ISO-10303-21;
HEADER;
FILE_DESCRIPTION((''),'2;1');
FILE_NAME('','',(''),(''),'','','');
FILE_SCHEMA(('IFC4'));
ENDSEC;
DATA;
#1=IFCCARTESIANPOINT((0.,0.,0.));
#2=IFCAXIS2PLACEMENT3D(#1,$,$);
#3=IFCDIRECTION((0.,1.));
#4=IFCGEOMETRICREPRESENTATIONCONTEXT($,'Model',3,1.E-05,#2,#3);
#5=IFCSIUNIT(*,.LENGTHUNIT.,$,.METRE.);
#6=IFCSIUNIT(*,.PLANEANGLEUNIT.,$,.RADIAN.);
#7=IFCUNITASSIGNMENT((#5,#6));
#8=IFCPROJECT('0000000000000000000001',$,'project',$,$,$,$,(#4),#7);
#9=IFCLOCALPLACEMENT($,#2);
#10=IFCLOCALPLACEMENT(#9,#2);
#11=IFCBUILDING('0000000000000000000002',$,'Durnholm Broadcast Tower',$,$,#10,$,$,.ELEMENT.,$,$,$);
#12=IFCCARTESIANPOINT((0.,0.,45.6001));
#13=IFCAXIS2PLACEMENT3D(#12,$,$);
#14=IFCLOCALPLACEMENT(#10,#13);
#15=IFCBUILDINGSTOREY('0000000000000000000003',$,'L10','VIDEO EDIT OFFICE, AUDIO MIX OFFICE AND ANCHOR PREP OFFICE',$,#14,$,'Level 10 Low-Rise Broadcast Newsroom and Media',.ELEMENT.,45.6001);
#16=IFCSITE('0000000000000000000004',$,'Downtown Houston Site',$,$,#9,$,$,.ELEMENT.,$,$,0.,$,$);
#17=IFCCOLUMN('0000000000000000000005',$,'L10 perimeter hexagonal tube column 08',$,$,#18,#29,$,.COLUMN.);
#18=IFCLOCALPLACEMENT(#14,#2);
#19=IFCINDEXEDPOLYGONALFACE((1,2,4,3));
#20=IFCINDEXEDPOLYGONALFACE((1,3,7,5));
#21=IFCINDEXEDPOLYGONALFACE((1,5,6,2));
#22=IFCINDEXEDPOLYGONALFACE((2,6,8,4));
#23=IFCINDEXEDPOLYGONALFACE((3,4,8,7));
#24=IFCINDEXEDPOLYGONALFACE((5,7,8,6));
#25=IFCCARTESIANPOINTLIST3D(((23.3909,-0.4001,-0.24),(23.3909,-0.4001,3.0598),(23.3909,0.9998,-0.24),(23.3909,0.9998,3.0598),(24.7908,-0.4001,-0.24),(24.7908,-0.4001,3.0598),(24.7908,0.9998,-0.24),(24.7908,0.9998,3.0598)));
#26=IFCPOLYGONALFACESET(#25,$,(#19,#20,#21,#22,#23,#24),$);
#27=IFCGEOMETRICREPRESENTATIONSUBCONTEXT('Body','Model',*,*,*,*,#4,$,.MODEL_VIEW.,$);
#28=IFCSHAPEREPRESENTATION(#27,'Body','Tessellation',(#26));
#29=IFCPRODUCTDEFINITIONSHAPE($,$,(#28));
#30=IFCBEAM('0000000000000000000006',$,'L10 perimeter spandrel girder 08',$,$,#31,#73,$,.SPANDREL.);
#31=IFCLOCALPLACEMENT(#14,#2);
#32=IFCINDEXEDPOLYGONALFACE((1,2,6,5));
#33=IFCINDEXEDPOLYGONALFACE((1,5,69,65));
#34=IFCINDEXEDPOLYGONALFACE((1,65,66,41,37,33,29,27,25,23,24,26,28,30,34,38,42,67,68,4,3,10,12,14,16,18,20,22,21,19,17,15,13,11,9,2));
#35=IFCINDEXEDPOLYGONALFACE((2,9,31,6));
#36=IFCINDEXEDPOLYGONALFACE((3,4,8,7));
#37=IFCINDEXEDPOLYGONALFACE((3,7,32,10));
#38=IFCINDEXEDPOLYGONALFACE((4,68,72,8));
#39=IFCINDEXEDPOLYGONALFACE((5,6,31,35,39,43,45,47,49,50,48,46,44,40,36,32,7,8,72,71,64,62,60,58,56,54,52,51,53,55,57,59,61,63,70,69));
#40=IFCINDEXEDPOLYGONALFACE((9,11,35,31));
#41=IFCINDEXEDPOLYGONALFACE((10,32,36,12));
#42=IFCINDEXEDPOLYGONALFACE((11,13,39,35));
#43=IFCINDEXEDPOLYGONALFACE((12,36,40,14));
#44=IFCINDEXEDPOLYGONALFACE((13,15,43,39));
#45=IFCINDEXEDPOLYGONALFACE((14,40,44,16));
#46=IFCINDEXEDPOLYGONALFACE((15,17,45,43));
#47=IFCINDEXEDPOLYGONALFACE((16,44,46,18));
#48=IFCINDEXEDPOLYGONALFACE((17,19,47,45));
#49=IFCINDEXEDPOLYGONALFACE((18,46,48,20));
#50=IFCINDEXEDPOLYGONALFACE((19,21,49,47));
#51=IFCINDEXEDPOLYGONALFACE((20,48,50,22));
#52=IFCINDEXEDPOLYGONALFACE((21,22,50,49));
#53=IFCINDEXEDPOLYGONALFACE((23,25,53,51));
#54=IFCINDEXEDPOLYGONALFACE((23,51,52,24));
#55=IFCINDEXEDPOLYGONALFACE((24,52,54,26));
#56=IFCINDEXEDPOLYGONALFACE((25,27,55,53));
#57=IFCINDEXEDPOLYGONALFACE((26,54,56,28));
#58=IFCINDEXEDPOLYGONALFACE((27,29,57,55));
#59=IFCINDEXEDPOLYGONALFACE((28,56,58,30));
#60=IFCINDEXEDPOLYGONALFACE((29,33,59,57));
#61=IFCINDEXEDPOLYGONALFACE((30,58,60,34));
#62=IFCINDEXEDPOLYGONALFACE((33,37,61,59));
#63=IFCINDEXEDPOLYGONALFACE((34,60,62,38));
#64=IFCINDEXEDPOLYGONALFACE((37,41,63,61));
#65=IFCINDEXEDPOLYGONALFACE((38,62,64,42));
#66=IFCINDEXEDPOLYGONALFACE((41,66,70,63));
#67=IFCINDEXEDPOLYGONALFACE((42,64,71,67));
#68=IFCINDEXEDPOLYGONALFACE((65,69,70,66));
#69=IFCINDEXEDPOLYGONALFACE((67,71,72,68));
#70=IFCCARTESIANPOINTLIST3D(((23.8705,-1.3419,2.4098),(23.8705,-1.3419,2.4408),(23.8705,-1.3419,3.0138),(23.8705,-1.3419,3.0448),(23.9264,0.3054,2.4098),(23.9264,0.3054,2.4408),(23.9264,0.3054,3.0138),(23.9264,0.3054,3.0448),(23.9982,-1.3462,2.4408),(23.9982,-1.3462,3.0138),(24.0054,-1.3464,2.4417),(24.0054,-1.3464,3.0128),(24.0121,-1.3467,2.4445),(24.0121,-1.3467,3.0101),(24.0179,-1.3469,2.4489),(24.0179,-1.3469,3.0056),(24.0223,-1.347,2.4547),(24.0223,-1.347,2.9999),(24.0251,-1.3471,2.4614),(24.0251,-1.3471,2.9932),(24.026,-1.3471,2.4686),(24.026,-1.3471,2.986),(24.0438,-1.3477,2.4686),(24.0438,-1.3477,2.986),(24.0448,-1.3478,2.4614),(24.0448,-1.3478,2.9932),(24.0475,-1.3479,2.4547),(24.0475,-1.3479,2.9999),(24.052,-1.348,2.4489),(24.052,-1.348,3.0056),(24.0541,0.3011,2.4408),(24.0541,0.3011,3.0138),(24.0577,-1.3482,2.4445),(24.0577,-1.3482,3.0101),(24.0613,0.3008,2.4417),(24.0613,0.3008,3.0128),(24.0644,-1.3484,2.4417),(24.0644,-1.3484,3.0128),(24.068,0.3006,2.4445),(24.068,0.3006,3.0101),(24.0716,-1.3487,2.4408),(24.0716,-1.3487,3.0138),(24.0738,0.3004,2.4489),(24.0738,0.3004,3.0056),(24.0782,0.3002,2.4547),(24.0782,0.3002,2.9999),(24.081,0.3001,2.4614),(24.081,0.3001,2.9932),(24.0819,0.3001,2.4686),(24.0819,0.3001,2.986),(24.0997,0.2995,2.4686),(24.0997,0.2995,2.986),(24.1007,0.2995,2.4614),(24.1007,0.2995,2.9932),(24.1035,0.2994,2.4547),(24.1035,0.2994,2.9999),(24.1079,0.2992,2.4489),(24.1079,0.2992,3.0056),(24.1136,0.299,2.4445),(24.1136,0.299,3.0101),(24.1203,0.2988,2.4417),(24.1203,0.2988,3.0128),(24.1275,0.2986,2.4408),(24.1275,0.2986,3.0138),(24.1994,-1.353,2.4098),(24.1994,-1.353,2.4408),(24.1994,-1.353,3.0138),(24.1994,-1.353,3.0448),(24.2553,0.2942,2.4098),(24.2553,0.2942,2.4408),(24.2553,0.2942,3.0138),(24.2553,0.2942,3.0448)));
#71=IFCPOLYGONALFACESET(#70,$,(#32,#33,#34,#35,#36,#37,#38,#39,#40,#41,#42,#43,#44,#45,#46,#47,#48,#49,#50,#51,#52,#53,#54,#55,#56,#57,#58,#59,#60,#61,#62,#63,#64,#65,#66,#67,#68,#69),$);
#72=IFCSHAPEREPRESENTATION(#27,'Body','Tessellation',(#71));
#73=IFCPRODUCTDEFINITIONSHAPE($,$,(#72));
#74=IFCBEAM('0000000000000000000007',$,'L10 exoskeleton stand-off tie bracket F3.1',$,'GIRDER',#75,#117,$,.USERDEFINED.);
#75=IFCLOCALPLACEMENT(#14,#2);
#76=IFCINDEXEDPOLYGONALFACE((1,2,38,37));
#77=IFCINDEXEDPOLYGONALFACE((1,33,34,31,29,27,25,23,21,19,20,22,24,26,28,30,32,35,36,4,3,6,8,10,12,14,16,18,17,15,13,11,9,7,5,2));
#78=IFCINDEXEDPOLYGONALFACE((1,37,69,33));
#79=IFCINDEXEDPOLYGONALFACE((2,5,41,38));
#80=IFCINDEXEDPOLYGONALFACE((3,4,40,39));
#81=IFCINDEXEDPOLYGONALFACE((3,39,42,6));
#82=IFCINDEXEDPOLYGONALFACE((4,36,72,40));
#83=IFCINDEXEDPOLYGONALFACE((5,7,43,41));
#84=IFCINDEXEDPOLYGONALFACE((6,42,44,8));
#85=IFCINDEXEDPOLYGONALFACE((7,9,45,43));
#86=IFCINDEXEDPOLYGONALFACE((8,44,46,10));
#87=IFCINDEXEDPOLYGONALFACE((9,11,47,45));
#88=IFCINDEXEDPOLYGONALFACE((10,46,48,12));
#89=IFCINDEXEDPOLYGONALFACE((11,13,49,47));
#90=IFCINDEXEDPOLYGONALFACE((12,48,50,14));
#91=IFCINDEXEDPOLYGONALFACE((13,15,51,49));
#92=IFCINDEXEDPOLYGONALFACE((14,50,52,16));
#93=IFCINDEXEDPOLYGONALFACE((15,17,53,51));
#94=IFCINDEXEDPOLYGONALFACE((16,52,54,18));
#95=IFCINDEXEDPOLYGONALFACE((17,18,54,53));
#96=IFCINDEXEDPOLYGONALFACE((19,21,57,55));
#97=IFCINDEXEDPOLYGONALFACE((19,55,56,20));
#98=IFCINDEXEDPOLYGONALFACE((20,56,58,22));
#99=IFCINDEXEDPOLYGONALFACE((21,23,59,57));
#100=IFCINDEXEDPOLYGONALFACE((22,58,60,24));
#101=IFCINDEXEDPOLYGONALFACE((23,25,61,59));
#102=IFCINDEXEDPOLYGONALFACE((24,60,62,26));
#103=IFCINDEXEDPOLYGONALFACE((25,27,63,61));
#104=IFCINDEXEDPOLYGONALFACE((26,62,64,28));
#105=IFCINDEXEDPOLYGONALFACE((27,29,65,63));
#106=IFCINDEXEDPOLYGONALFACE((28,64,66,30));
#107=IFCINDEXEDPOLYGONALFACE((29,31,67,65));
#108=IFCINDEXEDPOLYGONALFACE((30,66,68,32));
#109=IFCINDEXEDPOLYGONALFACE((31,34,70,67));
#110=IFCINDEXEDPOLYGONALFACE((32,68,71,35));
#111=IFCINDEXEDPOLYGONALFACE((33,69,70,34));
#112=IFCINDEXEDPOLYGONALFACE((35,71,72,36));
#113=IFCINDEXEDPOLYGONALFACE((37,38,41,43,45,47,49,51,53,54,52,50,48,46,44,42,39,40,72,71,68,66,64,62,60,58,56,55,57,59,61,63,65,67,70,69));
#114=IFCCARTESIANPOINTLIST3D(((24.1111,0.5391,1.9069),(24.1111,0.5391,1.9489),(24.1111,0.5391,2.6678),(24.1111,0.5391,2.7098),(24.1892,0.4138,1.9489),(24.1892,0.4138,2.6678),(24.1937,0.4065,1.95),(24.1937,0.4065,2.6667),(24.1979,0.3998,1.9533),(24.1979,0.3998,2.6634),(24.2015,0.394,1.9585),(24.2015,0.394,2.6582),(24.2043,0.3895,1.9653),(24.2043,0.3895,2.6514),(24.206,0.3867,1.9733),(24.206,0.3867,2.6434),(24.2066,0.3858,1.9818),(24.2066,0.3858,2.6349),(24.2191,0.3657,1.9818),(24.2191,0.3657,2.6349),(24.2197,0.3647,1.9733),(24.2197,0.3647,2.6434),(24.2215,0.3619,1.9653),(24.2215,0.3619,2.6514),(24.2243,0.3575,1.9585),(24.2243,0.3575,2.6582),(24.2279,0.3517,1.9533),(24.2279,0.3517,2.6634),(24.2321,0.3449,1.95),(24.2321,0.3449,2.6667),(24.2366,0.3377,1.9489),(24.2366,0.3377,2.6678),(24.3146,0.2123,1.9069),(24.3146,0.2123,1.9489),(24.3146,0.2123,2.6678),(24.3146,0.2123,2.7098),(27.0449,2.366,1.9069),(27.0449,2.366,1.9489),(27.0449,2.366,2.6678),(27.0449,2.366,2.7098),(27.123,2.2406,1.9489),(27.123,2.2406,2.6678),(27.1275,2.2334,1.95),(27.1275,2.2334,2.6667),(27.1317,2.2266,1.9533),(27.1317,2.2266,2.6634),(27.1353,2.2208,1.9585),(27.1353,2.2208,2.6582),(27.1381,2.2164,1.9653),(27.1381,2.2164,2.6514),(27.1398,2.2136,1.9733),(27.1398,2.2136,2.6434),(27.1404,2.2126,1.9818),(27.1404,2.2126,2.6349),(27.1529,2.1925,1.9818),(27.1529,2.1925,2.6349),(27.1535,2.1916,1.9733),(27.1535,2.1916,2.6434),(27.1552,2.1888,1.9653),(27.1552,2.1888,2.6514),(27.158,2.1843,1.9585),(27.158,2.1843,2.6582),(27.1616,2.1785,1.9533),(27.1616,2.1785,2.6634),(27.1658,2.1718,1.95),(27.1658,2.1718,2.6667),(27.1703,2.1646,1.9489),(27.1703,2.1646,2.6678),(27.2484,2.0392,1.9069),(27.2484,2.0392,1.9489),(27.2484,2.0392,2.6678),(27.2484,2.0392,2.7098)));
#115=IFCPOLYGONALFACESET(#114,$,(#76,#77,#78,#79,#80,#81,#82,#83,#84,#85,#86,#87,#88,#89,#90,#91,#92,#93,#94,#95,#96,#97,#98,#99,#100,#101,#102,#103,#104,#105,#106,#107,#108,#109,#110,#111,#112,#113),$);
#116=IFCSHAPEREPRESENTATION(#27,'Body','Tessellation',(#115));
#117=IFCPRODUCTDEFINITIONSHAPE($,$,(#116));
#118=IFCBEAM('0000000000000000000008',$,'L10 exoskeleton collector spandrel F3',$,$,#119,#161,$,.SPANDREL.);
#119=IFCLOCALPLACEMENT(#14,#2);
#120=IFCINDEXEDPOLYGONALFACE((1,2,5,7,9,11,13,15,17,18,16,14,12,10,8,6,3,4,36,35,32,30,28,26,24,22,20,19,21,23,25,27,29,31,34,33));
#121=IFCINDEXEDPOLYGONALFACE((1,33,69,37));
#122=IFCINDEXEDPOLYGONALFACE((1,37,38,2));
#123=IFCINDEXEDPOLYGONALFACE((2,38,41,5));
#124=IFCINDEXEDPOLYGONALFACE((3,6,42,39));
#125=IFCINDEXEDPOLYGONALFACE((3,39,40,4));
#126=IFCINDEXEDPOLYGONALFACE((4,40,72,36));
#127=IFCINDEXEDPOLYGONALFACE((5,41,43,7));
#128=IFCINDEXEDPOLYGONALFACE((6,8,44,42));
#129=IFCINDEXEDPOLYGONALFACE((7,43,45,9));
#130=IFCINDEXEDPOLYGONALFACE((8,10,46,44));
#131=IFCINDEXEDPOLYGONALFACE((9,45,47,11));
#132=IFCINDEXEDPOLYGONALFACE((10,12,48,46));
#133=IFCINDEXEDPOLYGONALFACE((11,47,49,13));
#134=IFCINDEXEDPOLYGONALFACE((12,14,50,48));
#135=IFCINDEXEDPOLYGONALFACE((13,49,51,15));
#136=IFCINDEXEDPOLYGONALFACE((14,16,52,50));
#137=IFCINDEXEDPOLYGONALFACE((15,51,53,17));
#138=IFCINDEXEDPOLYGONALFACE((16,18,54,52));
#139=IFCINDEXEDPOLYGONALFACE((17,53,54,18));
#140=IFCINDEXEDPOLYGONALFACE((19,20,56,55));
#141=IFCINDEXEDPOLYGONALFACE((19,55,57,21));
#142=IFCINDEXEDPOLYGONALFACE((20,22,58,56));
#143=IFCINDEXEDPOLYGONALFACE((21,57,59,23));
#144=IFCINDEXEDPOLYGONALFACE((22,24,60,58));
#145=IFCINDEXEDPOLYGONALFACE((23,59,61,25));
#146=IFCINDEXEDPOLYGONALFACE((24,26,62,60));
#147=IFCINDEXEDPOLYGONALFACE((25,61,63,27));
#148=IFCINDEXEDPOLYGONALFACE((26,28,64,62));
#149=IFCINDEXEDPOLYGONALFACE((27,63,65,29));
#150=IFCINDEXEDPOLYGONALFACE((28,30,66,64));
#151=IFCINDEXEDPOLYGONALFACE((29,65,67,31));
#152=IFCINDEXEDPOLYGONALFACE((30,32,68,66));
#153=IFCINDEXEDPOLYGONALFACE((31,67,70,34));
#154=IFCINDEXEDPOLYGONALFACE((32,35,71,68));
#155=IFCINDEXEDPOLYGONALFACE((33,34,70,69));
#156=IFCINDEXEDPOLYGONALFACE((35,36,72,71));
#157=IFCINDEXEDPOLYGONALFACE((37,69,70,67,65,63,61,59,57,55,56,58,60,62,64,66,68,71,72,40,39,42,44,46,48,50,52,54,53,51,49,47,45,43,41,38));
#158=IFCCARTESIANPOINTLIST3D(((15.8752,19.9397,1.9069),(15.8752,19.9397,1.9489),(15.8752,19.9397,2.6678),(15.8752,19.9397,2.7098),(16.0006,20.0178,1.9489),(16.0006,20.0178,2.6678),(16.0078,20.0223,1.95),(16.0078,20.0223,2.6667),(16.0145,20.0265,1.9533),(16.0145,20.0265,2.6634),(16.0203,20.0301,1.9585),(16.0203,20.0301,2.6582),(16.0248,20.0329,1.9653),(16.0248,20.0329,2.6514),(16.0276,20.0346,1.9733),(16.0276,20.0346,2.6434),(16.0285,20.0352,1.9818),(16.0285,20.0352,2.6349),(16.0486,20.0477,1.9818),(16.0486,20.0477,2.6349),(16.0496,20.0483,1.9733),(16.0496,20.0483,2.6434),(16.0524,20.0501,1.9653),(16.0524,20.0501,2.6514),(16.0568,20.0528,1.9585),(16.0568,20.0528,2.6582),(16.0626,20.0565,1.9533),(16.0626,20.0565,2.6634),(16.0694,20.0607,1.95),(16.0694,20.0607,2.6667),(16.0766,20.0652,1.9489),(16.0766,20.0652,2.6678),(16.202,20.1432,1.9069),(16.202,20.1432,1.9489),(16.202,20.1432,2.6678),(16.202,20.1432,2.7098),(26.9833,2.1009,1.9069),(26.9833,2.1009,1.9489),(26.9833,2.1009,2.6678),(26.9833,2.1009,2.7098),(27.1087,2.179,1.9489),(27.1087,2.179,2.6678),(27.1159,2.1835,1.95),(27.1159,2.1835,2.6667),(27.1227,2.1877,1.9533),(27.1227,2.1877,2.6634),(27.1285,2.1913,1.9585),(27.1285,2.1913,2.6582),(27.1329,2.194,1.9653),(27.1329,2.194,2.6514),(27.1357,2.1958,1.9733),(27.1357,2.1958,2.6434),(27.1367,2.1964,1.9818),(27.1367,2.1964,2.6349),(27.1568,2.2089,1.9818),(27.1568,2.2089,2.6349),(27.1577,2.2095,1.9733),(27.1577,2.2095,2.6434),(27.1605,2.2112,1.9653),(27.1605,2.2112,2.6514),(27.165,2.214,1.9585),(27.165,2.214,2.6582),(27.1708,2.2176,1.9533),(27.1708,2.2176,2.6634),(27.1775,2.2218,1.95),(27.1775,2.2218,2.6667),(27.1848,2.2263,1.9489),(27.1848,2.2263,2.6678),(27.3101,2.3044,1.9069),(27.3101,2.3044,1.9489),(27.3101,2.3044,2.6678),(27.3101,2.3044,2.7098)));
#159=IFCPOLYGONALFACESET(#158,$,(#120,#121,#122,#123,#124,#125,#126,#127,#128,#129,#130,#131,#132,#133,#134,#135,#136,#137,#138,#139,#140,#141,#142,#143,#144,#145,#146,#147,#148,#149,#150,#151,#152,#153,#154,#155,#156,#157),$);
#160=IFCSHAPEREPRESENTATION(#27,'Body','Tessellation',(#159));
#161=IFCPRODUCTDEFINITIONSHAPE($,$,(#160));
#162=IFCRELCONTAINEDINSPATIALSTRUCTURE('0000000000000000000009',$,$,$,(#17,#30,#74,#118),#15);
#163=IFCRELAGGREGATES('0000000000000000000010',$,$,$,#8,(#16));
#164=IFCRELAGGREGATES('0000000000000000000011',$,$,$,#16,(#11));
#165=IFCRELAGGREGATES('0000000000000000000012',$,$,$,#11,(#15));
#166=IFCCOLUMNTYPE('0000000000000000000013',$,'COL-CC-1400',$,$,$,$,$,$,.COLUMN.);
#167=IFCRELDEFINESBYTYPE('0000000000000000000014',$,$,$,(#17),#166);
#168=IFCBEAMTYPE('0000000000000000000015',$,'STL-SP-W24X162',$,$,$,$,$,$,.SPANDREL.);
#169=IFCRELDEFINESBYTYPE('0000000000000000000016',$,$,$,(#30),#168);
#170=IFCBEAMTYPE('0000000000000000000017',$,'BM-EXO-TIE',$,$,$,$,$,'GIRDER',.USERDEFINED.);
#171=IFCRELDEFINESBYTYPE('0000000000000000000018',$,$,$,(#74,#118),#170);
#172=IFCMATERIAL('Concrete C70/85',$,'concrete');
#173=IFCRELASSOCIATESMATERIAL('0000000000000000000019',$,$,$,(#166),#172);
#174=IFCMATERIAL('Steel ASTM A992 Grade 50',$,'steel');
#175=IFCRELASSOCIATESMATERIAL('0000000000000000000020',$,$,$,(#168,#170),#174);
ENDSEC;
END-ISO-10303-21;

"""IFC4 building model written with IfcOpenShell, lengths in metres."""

from ifc_helpers import new_model, si_unit, direction, frame, origin, origin_2d, place, context, subcontext, project, spatial, rectangle, i_section, extrude, source, transform, mapped, material, material_profile, profile_set, type_object, type_shapes, element, save


model = new_model("IFC4")

# Units and contexts
model_context = context("Model", 3, precision=1e-05, world=origin(), true_north=direction((0.0, 1.0)))
body_context = subcontext(model_context, "Body", "Model", "MODEL_VIEW")
ifc_project = project(units=[si_unit("LENGTHUNIT", "METRE"), si_unit("PLANEANGLEUNIT", "RADIAN")], contexts=[model_context])

# Site, building, storey
site_placement = place(None, origin())
site = spatial("IfcSite", under=ifc_project, at=site_placement, Name="Downtown Houston Site", CompositionType="ELEMENT", RefElevation=0.0)
building_placement = place(site_placement, origin())
building = spatial("IfcBuilding", under=site, at=building_placement, Name="Durnholm Broadcast Tower", CompositionType="ELEMENT")
storey_placement = place(building_placement, frame((0.0, 0.0, 45.6001)))
storey = spatial("IfcBuildingStorey", under=building, at=storey_placement, Name="L10", Description="VIDEO EDIT OFFICE, AUDIO MIX OFFICE AND ANCHOR PREP OFFICE", LongName="Level 10 Low-Rise Broadcast Newsroom and Media", CompositionType="ELEMENT", Elevation=45.6001)

# Column
ifc_material_1 = material(Name="Concrete C70/85", Category="concrete")
ifc_material_profile_1 = material_profile(ifc_material_1, rectangle(XDim=1.3999, YDim=1.3999, at=origin_2d()), Name="RC1400X1400")
ifc_profile_set_1 = profile_set([ifc_material_profile_1], Name="Concrete C70/85")
column_type = type_object("IfcColumnType", Name="COL-CC-1400", PredefinedType="COLUMN", material=ifc_profile_set_1)
shared_shape_1 = source(origin(), body_context, "Body", "SweptSolid", [
    extrude(rectangle(XDim=1.3999, YDim=1.3999, at=origin_2d()), origin(), (0.0, 0.0, 1.0), 3.2998),
])
type_shapes(column_type, [shared_shape_1])
column_placement = place(storey_placement, frame((24.0908, 0.2998, -0.24), z_axis=(0.0, 0.0, 1.0), x_axis=(1.0, 0.0, 0.0)))
element("IfcColumn", 1, at=column_placement, inside=storey, type_object=column_type, Name="L10 perimeter hexagonal tube column 08", PredefinedType="COLUMN", context=body_context, shape_type="MappedRepresentation", body=[
    mapped(shared_shape_1, transform((0.0, 0.0, 0.0), x_axis=(1.0, 0.0, 0.0), y_axis=(0.0, 1.0, 0.0), z_axis=(0.0, 0.0, 1.0), scale=1.0)),
])

# Beams
ifc_material_2 = material(Name="Steel ASTM A992 Grade 50", Category="steel")
ifc_material_profile_2 = material_profile(ifc_material_2, i_section(OverallWidth=0.3291, OverallDepth=0.635, WebThickness=0.0178, FlangeThickness=0.031, FilletRadius=0.0278, at=origin_2d()), Name="W24X162")
ifc_profile_set_2 = profile_set([ifc_material_profile_2], Name="Steel ASTM A992 Grade 50")
beam_type_1 = type_object("IfcBeamType", Name="STL-SP-W24X162", PredefinedType="SPANDREL", material=ifc_profile_set_2)
shared_shape_2 = source(origin(), body_context, "Body", "SweptSolid", [
    extrude(i_section(OverallWidth=0.3291, OverallDepth=0.635, WebThickness=0.0178, FlangeThickness=0.031, FilletRadius=0.0278, at=origin_2d()), origin(), (0.0, 0.0, 1.0), 1.6482),
])
type_shapes(beam_type_1, [shared_shape_2])
beam_1_placement = place(storey_placement, frame((24.0908, 0.2998, 2.7273), z_axis=(-0.033921, -0.999425, 0.0), x_axis=(0.999425, -0.033921, 0.0)))
element("IfcBeam", 2, at=beam_1_placement, inside=storey, type_object=beam_type_1, Name="L10 perimeter spandrel girder 08", PredefinedType="SPANDREL", context=body_context, shape_type="MappedRepresentation", body=[
    mapped(shared_shape_2, transform((0.0, 0.0, 0.0), x_axis=(1.0, 0.0, 0.0), y_axis=(0.0, 1.0, 0.0), z_axis=(0.0, 0.0, 1.0), scale=1.0)),
])
ifc_material_profile_3 = material_profile(ifc_material_2, i_section(OverallWidth=0.385, OverallDepth=0.803, WebThickness=0.0237, FlangeThickness=0.042, FilletRadius=0.033, at=origin_2d()), Name="W30X261")
ifc_profile_set_3 = profile_set([ifc_material_profile_3], Name="Steel ASTM A992 Grade 50")
beam_type_2 = type_object("IfcBeamType", Name="BM-EXO-TIE", ElementType="GIRDER", PredefinedType="USERDEFINED", material=ifc_profile_set_3)
shared_shape_3 = source(origin(), body_context, "Body", "SweptSolid", [
    extrude(i_section(OverallWidth=0.385, OverallDepth=0.803, WebThickness=0.0237, FlangeThickness=0.042, FilletRadius=0.033, at=origin_2d()), origin(), (0.0, 0.0, 1.0), 3.4561),
])
beam_2_placement = place(storey_placement, frame((24.2129, 0.3757, 2.3083), z_axis=(0.848874, 0.528595, 0.0), x_axis=(-0.528595, 0.848874, 0.0)))
element("IfcBeam", 3, at=beam_2_placement, inside=storey, type_object=beam_type_2, Name="L10 exoskeleton stand-off tie bracket F3.1", ObjectType="GIRDER", PredefinedType="USERDEFINED", context=body_context, shape_type="MappedRepresentation", body=[
    mapped(shared_shape_3, transform((0.0, 0.0, 0.0), x_axis=(1.0, 0.0, 0.0), y_axis=(0.0, 1.0, 0.0), z_axis=(0.0, 0.0, 1.0), scale=1.0)),
])
shared_shape_4 = source(origin(), body_context, "Body", "SweptSolid", [
    extrude(i_section(OverallWidth=0.385, OverallDepth=0.803, WebThickness=0.0237, FlangeThickness=0.042, FilletRadius=0.033, at=origin_2d()), origin(), (0.0, 0.0, 1.0), 21.0146),
])
type_shapes(beam_type_2, [shared_shape_3, shared_shape_4])
beam_3_placement = place(storey_placement, frame((27.1467, 2.2026, 2.3083), z_axis=(-0.528591, 0.848877, 0.0), x_axis=(-0.848877, -0.528591, 0.0)))
element("IfcBeam", 4, at=beam_3_placement, inside=storey, type_object=beam_type_2, Name="L10 exoskeleton collector spandrel F3", PredefinedType="SPANDREL", context=body_context, shape_type="MappedRepresentation", body=[
    mapped(shared_shape_4, transform((0.0, 0.0, 0.0), x_axis=(1.0, 0.0, 0.0), y_axis=(0.0, 1.0, 0.0), z_axis=(0.0, 0.0, 1.0), scale=1.0)),
])

save(model, "model.ifc")
